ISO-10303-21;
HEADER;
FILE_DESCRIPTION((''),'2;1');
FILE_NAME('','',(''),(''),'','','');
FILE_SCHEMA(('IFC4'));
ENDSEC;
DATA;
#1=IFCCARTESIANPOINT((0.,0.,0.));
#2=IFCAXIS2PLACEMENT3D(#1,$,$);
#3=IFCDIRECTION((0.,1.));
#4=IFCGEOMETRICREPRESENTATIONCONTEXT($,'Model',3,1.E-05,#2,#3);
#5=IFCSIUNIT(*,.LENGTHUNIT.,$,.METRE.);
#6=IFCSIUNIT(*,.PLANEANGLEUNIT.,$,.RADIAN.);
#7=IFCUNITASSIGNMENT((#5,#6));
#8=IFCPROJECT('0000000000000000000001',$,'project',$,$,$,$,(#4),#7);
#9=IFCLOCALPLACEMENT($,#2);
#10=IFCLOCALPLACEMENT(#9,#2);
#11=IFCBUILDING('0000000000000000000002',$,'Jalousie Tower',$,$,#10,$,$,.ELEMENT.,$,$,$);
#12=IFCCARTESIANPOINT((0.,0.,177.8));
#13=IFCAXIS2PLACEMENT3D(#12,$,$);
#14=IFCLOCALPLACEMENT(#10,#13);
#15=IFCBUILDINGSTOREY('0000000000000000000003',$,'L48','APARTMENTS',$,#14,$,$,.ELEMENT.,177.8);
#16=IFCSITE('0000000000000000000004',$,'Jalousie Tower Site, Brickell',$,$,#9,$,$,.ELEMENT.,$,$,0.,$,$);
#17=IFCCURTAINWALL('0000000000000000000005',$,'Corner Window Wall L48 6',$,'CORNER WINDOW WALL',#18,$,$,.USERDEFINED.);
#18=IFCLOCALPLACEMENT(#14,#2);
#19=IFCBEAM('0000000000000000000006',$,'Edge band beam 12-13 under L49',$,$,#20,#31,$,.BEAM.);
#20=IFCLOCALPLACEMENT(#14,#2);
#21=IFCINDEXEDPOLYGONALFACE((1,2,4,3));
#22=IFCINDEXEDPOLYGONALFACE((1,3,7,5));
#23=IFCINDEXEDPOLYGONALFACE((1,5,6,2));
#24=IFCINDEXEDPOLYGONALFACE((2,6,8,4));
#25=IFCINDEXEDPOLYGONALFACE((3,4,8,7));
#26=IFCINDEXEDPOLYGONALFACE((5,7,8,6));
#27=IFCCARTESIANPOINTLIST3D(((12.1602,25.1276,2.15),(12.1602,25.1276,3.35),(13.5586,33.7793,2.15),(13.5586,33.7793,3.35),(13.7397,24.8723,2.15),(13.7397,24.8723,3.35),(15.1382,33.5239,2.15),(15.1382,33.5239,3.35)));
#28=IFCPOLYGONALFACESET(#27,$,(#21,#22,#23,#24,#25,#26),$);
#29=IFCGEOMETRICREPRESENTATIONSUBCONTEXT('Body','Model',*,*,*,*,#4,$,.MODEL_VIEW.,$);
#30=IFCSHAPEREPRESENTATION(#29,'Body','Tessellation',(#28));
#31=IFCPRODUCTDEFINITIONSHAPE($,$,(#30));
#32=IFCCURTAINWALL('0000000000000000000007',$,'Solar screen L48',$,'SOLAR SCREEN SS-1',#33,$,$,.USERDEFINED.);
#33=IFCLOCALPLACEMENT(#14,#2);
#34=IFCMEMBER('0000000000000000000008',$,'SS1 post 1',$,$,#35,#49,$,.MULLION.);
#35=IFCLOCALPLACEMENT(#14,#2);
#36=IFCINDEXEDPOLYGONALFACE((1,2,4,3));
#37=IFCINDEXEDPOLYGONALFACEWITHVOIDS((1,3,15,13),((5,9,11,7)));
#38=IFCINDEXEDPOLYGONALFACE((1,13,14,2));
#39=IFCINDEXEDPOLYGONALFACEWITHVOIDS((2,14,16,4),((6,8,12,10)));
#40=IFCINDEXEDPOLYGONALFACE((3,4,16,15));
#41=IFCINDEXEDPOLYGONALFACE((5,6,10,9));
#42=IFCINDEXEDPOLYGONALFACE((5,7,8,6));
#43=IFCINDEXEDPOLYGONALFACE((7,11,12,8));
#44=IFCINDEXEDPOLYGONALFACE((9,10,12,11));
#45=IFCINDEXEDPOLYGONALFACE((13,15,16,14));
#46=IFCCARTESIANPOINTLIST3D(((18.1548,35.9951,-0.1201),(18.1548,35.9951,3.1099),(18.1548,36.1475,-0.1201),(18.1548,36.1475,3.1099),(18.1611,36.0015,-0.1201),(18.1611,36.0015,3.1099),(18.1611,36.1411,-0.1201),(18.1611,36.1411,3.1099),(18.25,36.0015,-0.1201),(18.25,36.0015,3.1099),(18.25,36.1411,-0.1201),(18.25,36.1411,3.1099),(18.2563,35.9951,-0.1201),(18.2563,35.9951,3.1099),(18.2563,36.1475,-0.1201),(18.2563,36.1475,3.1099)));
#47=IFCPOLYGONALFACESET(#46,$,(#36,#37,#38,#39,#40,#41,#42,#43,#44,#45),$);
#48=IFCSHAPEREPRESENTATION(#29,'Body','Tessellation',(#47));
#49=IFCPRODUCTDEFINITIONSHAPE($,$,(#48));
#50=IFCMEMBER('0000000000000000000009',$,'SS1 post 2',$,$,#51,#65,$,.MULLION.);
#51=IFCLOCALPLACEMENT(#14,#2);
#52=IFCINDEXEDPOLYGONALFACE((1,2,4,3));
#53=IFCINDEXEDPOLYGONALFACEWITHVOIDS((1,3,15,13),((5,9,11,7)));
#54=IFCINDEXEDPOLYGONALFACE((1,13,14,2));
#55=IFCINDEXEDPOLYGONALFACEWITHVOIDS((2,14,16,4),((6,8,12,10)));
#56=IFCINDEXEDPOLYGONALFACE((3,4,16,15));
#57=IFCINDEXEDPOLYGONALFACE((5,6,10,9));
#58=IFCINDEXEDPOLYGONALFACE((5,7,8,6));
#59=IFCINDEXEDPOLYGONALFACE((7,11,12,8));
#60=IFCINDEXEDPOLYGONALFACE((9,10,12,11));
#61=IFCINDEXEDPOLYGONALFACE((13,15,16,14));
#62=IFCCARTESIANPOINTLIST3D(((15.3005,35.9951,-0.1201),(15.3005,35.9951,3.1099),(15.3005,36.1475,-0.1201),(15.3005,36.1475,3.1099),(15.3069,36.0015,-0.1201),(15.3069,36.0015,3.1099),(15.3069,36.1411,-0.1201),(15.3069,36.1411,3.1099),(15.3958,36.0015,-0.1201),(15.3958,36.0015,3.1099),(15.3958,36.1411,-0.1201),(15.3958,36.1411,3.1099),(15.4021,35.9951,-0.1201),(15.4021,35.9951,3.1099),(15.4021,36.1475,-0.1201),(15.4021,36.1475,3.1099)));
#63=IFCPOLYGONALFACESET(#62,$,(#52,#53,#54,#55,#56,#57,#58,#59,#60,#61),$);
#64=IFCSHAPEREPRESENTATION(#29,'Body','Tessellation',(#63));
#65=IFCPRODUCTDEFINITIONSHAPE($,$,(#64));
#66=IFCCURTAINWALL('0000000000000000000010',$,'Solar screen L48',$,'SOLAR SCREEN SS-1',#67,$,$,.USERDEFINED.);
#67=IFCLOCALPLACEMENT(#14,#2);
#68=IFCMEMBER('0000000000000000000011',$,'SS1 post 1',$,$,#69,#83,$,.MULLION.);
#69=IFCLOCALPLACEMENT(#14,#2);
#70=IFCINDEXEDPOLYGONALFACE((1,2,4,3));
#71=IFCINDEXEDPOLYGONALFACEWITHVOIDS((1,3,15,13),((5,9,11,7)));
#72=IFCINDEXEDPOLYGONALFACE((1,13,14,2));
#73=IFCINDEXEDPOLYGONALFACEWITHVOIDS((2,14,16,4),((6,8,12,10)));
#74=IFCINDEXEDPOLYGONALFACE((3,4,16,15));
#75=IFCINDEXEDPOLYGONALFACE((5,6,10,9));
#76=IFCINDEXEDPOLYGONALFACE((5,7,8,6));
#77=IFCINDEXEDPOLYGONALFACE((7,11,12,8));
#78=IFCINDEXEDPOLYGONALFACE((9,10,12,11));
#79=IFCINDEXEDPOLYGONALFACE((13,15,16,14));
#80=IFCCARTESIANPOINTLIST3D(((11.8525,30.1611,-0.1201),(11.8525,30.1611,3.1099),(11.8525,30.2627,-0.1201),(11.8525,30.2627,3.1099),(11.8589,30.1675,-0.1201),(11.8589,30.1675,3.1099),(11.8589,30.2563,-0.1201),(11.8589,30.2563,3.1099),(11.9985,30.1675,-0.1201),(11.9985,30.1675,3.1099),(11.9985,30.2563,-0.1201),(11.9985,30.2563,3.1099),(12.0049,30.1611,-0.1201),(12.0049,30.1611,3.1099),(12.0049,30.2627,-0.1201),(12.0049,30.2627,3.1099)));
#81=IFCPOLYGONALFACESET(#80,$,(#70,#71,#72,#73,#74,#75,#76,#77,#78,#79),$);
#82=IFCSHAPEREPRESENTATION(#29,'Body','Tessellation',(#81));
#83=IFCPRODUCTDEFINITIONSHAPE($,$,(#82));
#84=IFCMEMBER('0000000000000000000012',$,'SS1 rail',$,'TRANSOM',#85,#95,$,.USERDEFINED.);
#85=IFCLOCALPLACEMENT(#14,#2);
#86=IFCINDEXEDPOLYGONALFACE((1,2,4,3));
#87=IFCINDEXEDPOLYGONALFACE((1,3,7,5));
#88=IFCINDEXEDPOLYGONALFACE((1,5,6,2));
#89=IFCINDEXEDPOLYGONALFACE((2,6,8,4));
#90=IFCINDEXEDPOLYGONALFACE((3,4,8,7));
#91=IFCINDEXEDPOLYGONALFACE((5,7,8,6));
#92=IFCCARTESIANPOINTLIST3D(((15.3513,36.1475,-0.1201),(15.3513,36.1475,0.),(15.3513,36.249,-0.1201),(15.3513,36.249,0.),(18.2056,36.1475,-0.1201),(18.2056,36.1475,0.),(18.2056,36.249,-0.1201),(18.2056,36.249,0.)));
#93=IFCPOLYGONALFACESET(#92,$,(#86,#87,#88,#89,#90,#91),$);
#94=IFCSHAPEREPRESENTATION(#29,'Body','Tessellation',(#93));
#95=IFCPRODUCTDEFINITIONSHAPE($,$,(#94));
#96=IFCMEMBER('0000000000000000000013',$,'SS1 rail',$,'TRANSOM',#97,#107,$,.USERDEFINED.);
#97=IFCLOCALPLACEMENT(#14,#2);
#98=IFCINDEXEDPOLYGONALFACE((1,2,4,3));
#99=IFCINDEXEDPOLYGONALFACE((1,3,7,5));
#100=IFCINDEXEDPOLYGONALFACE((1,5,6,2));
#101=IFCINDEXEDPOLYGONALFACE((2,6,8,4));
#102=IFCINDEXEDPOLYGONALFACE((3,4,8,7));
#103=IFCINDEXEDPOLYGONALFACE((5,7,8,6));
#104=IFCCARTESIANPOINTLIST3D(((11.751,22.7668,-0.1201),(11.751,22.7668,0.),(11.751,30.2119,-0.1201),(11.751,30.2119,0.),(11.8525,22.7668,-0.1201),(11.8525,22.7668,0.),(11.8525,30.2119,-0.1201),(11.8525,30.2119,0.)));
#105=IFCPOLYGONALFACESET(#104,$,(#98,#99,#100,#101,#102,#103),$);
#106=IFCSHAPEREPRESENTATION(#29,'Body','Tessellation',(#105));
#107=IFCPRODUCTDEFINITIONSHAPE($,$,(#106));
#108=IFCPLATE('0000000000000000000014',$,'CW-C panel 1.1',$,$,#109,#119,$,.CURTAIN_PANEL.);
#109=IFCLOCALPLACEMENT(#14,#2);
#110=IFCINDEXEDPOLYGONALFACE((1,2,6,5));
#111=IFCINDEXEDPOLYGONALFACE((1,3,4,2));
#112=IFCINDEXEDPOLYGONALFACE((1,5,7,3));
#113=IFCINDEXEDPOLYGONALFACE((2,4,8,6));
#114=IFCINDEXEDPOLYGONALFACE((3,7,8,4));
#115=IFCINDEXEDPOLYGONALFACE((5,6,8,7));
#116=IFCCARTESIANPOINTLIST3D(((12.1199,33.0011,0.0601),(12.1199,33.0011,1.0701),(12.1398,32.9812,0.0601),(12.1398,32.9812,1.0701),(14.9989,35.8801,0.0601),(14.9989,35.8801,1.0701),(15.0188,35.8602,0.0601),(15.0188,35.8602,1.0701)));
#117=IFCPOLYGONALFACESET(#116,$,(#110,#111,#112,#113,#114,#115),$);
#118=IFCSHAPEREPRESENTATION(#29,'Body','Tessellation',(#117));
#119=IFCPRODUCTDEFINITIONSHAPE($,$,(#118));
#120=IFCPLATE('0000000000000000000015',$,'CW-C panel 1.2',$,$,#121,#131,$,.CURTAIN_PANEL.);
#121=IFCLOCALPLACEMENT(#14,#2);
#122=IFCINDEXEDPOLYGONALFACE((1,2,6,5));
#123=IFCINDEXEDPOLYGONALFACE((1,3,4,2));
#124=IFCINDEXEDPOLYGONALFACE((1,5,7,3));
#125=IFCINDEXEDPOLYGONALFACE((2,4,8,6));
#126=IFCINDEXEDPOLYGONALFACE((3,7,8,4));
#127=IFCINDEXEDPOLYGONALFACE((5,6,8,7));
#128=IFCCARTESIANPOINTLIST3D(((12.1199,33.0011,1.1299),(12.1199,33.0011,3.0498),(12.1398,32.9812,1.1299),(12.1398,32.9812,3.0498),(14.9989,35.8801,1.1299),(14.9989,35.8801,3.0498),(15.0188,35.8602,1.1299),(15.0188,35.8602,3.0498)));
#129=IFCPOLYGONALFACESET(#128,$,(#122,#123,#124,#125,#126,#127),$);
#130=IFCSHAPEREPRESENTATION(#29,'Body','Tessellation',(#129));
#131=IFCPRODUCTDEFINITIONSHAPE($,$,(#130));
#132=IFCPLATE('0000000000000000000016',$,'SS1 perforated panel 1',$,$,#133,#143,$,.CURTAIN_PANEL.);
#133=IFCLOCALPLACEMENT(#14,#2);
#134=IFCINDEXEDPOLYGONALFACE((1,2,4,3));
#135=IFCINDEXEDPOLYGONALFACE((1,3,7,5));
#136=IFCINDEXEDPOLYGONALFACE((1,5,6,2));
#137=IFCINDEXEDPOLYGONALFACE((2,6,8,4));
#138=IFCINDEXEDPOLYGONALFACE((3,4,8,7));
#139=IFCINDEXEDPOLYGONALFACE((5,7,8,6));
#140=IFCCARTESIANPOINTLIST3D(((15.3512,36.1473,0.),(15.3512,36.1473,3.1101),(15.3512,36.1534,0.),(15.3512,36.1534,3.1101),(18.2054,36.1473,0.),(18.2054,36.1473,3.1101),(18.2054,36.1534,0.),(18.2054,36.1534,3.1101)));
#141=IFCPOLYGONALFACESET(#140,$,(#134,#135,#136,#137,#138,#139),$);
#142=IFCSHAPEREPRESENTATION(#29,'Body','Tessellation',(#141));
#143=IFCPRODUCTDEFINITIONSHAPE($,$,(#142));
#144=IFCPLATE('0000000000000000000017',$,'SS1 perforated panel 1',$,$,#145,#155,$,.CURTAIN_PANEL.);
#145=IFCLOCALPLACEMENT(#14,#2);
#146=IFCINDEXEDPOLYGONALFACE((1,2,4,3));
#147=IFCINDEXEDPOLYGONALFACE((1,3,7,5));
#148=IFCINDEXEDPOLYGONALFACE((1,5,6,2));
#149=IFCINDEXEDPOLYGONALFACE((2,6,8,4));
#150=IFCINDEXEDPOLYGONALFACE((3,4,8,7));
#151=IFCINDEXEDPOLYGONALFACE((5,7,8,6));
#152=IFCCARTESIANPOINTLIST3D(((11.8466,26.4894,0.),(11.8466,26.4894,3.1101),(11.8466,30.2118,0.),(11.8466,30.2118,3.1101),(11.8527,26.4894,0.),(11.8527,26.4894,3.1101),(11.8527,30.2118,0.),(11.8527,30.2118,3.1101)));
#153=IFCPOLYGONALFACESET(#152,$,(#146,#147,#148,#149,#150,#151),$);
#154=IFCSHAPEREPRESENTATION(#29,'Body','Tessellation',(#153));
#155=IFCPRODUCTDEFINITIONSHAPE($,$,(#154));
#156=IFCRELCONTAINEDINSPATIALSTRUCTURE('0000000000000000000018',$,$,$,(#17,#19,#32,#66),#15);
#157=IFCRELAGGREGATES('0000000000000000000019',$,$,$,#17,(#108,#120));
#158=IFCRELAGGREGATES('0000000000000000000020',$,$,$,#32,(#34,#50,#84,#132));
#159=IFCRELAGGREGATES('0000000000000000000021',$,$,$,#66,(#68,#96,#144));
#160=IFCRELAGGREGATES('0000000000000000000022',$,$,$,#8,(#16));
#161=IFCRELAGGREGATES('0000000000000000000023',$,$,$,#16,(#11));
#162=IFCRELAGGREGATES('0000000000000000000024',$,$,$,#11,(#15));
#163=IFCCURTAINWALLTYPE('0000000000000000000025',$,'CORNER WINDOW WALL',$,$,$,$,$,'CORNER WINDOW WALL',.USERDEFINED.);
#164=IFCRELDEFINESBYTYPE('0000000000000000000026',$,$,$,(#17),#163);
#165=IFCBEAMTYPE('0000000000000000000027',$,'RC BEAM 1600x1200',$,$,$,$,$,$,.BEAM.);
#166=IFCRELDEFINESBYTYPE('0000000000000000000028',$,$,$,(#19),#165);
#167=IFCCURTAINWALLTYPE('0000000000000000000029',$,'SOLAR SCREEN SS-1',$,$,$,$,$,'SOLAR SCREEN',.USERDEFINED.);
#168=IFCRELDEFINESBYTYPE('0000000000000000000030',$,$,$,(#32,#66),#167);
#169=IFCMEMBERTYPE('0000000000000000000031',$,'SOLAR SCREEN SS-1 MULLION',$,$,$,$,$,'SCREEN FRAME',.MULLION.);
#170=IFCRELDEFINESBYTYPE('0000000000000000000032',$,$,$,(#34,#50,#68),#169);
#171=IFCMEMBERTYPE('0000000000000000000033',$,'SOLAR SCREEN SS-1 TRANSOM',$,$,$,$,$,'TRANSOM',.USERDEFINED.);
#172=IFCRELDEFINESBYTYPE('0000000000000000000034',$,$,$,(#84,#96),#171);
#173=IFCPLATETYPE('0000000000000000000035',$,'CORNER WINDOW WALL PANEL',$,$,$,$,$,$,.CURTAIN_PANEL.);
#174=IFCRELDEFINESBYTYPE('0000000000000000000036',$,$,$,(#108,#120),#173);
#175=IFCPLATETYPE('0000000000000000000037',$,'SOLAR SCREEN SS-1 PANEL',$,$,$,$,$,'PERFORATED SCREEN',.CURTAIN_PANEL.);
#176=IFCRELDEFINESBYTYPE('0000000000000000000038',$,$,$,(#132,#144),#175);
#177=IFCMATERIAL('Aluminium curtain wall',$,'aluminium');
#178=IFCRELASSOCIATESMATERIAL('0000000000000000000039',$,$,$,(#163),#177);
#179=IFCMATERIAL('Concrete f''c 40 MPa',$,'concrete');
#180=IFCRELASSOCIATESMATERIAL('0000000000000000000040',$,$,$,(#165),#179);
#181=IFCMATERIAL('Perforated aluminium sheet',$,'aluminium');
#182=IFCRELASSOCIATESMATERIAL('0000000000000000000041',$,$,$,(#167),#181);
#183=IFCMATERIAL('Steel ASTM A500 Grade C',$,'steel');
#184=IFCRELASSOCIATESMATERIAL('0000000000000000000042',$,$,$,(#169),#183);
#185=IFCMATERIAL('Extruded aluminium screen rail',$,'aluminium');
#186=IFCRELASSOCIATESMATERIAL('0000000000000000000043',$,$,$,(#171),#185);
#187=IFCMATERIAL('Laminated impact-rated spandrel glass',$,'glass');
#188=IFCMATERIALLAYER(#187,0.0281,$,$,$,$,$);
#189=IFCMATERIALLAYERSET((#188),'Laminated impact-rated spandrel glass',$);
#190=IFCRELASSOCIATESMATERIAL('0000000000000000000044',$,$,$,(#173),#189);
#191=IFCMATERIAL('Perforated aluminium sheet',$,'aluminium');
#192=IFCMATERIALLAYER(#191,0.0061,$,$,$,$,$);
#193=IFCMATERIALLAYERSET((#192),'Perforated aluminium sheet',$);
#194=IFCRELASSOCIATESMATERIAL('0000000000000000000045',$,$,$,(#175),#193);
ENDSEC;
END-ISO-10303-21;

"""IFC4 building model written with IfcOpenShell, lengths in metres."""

from ifc_helpers import new_model, si_unit, direction, frame, origin, origin_2d, place, context, subcontext, project, spatial, rectangle, hollow_rectangle, extrude, material, layer, layer_set, material_profile, profile_set, type_object, element, aggregate, save


model = new_model("IFC4")

# Units and contexts
model_context = context("Model", 3, precision=1e-05, world=origin(), true_north=direction((0.0, 1.0)))
body_context = subcontext(model_context, "Body", "Model", "MODEL_VIEW")
ifc_project = project(units=[si_unit("LENGTHUNIT", "METRE"), si_unit("PLANEANGLEUNIT", "RADIAN")], contexts=[model_context])

# Site, building, storey
site_placement = place(None, origin())
site = spatial("IfcSite", under=ifc_project, at=site_placement, Name="Jalousie Tower Site, Brickell", CompositionType="ELEMENT", RefElevation=0.0)
building_placement = place(site_placement, origin())
building = spatial("IfcBuilding", under=site, at=building_placement, Name="Jalousie Tower", CompositionType="ELEMENT")
storey_placement = place(building_placement, frame((0.0, 0.0, 177.8)))
storey = spatial("IfcBuildingStorey", under=building, at=storey_placement, Name="L48", Description="APARTMENTS", CompositionType="ELEMENT", Elevation=177.8)

# Curtain wall
ifc_material_1 = material(Name="Aluminium curtain wall", Category="aluminium")
curtain_wall_type_1 = type_object("IfcCurtainWallType", Name="CORNER WINDOW WALL", ElementType="CORNER WINDOW WALL", PredefinedType="USERDEFINED", material=ifc_material_1)
curtain_wall_1_placement = place(storey_placement, origin())
curtain_wall_1 = element("IfcCurtainWall", 1, at=curtain_wall_1_placement, inside=storey, type_object=curtain_wall_type_1, Name="Corner Window Wall L48 6", ObjectType="CORNER WINDOW WALL", PredefinedType="USERDEFINED")

# Beam
ifc_material_2 = material(Name="Concrete f'c 40 MPa", Category="concrete")
ifc_material_profile_1 = material_profile(ifc_material_2, rectangle(XDim=1.6001, YDim=1.2, at=origin_2d()), Name="RC 1600x1200")
ifc_profile_set_1 = profile_set([ifc_material_profile_1], Name="Concrete f'c 40 MPa")
beam_type = type_object("IfcBeamType", Name="RC BEAM 1600x1200", PredefinedType="BEAM", material=ifc_profile_set_1)
beam_placement = place(storey_placement, frame((14.3484, 33.6516, 2.75), z_axis=(-0.159568, -0.987187, 0.0), x_axis=(0.987187, -0.159568, 0.0)))
element("IfcBeam", 2, at=beam_placement, inside=storey, type_object=beam_type, Name="Edge band beam 12-13 under L49", PredefinedType="BEAM", context=body_context, shape_type="SweptSolid", body=[
    extrude(rectangle(XDim=1.6001, YDim=1.2, at=origin_2d()), origin(), (0.0, 0.0, 1.0), 8.7639),
])

# Curtain wall, members
ifc_material_3 = material(Name="Perforated aluminium sheet", Category="aluminium")
curtain_wall_type_2 = type_object("IfcCurtainWallType", Name="SOLAR SCREEN SS-1", ElementType="SOLAR SCREEN", PredefinedType="USERDEFINED", material=ifc_material_3)
curtain_wall_2_placement = place(storey_placement, origin())
curtain_wall_2 = element("IfcCurtainWall", 3, at=curtain_wall_2_placement, inside=storey, type_object=curtain_wall_type_2, Name="Solar screen L48", ObjectType="SOLAR SCREEN SS-1", PredefinedType="USERDEFINED")
ifc_material_4 = material(Name="Steel ASTM A500 Grade C", Category="steel")
ifc_material_profile_2 = material_profile(ifc_material_4, hollow_rectangle(XDim=0.1016, YDim=0.1523, WallThickness=0.0063, at=origin_2d()), Name="HSS6X4X1/4")
ifc_profile_set_2 = profile_set([ifc_material_profile_2], Name="Steel ASTM A500 Grade C")
member_type_1 = type_object("IfcMemberType", Name="SOLAR SCREEN SS-1 MULLION", ElementType="SCREEN FRAME", PredefinedType="MULLION", material=ifc_profile_set_2)
member_1_placement = place(storey_placement, frame((18.2056, 36.0713, -0.1201), z_axis=(0.0, 0.0, 1.0), x_axis=(-1.0, 0.0, 0.0)))
member_1 = element("IfcMember", 4, at=member_1_placement, type_object=member_type_1, Name="SS1 post 1", PredefinedType="MULLION", context=body_context, shape_type="SweptSolid", body=[
    extrude(hollow_rectangle(XDim=0.1016, YDim=0.1523, WallThickness=0.0063, at=origin_2d()), origin(), (0.0, 0.0, 1.0), 3.23),
])
member_2_placement = place(storey_placement, frame((15.3513, 36.0713, -0.1201), z_axis=(0.0, 0.0, 1.0), x_axis=(-1.0, 0.0, 0.0)))
member_2 = element("IfcMember", 5, at=member_2_placement, type_object=member_type_1, Name="SS1 post 2", PredefinedType="MULLION", context=body_context, shape_type="SweptSolid", body=[
    extrude(hollow_rectangle(XDim=0.1016, YDim=0.1523, WallThickness=0.0063, at=origin_2d()), origin(), (0.0, 0.0, 1.0), 3.23),
])

# Curtain wall, member
curtain_wall_3_placement = place(storey_placement, origin())
curtain_wall_3 = element("IfcCurtainWall", 6, at=curtain_wall_3_placement, inside=storey, type_object=curtain_wall_type_2, Name="Solar screen L48", ObjectType="SOLAR SCREEN SS-1", PredefinedType="USERDEFINED")
member_3_placement = place(storey_placement, frame((11.9287, 30.2119, -0.1201), z_axis=(0.0, 0.0, 1.0), x_axis=(0.0, -1.0, 0.0)))
member_3 = element("IfcMember", 7, at=member_3_placement, type_object=member_type_1, Name="SS1 post 1", PredefinedType="MULLION", context=body_context, shape_type="SweptSolid", body=[
    extrude(hollow_rectangle(XDim=0.1016, YDim=0.1523, WallThickness=0.0063, at=origin_2d()), origin(), (0.0, 0.0, 1.0), 3.23),
])

# Members
ifc_material_5 = material(Name="Extruded aluminium screen rail", Category="aluminium")
ifc_material_profile_3 = material_profile(ifc_material_5, rectangle(XDim=0.1016, YDim=0.1201, at=origin_2d()), Name="RAIL 102x120")
ifc_profile_set_3 = profile_set([ifc_material_profile_3], Name="Extruded aluminium screen rail")
member_type_2 = type_object("IfcMemberType", Name="SOLAR SCREEN SS-1 TRANSOM", ElementType="TRANSOM", PredefinedType="USERDEFINED", material=ifc_profile_set_3)
member_4_placement = place(storey_placement, frame((18.2056, 36.1982, -0.0601), z_axis=(-1.0, 0.0, 0.0), x_axis=(0.0, -1.0, 0.0)))
member_4 = element("IfcMember", 8, at=member_4_placement, type_object=member_type_2, Name="SS1 rail", ObjectType="TRANSOM", PredefinedType="USERDEFINED", context=body_context, shape_type="SweptSolid", body=[
    extrude(rectangle(XDim=0.1016, YDim=0.1201, at=origin_2d()), origin(), (0.0, 0.0, 1.0), 2.8542),
])
member_5_placement = place(storey_placement, frame((11.8018, 30.2119, -0.0601), z_axis=(0.0, -1.0, 0.0), x_axis=(1.0, 0.0, 0.0)))
member_5 = element("IfcMember", 9, at=member_5_placement, type_object=member_type_2, Name="SS1 rail", ObjectType="TRANSOM", PredefinedType="USERDEFINED", context=body_context, shape_type="SweptSolid", body=[
    extrude(rectangle(XDim=0.1016, YDim=0.1201, at=origin_2d()), origin(), (0.0, 0.0, 1.0), 7.4451),
])

# Plates
ifc_material_6 = material(Name="Laminated impact-rated spandrel glass", Category="glass")
ifc_layer_1 = layer(ifc_material_6, 0.0281)
ifc_layer_set_1 = layer_set([ifc_layer_1], Name="Laminated impact-rated spandrel glass")
plate_type_1 = type_object("IfcPlateType", Name="CORNER WINDOW WALL PANEL", PredefinedType="CURTAIN_PANEL", material=ifc_layer_set_1)
plate_1_placement = place(storey_placement, frame((13.5693, 34.4307, 0.0601), z_axis=(0.0, 0.0, 1.0), x_axis=(-0.707107, -0.707107, 0.0)))
plate_1 = element("IfcPlate", 10, at=plate_1_placement, type_object=plate_type_1, Name="CW-C panel 1.1", PredefinedType="CURTAIN_PANEL", context=body_context, shape_type="SweptSolid", body=[
    extrude(rectangle(XDim=4.0715, YDim=0.0281, at=origin_2d()), origin(), (0.0, 0.0, 1.0), 1.01),
])
plate_2_placement = place(storey_placement, frame((13.5693, 34.4307, 1.1299), z_axis=(0.0, 0.0, 1.0), x_axis=(-0.707107, -0.707107, 0.0)))
plate_2 = element("IfcPlate", 11, at=plate_2_placement, type_object=plate_type_1, Name="CW-C panel 1.2", PredefinedType="CURTAIN_PANEL", context=body_context, shape_type="SweptSolid", body=[
    extrude(rectangle(XDim=4.0715, YDim=0.0281, at=origin_2d()), origin(), (0.0, 0.0, 1.0), 1.9199),
])
aggregate(curtain_wall_1, [plate_1, plate_2])
ifc_material_7 = material(Name="Perforated aluminium sheet", Category="aluminium")
ifc_layer_2 = layer(ifc_material_7, 0.0061)
ifc_layer_set_2 = layer_set([ifc_layer_2], Name="Perforated aluminium sheet")
plate_type_2 = type_object("IfcPlateType", Name="SOLAR SCREEN SS-1 PANEL", ElementType="PERFORATED SCREEN", PredefinedType="CURTAIN_PANEL", material=ifc_layer_set_2)
plate_3_placement = place(storey_placement, frame((16.7783, 36.1504, 0.0), z_axis=(0.0, 0.0, 1.0), x_axis=(-1.0, 0.0, 0.0)))
plate_3 = element("IfcPlate", 12, at=plate_3_placement, type_object=plate_type_2, Name="SS1 perforated panel 1", PredefinedType="CURTAIN_PANEL", context=body_context, shape_type="SweptSolid", body=[
    extrude(rectangle(XDim=2.8542, YDim=0.0061, at=origin_2d()), origin(), (0.0, 0.0, 1.0), 3.1101),
])
aggregate(curtain_wall_2, [member_1, member_2, member_4, plate_3])
plate_4_placement = place(storey_placement, frame((11.8496, 28.3506, 0.0), z_axis=(0.0, 0.0, 1.0), x_axis=(0.0, -1.0, 0.0)))
plate_4 = element("IfcPlate", 13, at=plate_4_placement, type_object=plate_type_2, Name="SS1 perforated panel 1", PredefinedType="CURTAIN_PANEL", context=body_context, shape_type="SweptSolid", body=[
    extrude(rectangle(XDim=3.7224, YDim=0.0061, at=origin_2d()), origin(), (0.0, 0.0, 1.0), 3.1101),
])
aggregate(curtain_wall_3, [member_3, member_5, plate_4])

save(model, "model.ifc")
